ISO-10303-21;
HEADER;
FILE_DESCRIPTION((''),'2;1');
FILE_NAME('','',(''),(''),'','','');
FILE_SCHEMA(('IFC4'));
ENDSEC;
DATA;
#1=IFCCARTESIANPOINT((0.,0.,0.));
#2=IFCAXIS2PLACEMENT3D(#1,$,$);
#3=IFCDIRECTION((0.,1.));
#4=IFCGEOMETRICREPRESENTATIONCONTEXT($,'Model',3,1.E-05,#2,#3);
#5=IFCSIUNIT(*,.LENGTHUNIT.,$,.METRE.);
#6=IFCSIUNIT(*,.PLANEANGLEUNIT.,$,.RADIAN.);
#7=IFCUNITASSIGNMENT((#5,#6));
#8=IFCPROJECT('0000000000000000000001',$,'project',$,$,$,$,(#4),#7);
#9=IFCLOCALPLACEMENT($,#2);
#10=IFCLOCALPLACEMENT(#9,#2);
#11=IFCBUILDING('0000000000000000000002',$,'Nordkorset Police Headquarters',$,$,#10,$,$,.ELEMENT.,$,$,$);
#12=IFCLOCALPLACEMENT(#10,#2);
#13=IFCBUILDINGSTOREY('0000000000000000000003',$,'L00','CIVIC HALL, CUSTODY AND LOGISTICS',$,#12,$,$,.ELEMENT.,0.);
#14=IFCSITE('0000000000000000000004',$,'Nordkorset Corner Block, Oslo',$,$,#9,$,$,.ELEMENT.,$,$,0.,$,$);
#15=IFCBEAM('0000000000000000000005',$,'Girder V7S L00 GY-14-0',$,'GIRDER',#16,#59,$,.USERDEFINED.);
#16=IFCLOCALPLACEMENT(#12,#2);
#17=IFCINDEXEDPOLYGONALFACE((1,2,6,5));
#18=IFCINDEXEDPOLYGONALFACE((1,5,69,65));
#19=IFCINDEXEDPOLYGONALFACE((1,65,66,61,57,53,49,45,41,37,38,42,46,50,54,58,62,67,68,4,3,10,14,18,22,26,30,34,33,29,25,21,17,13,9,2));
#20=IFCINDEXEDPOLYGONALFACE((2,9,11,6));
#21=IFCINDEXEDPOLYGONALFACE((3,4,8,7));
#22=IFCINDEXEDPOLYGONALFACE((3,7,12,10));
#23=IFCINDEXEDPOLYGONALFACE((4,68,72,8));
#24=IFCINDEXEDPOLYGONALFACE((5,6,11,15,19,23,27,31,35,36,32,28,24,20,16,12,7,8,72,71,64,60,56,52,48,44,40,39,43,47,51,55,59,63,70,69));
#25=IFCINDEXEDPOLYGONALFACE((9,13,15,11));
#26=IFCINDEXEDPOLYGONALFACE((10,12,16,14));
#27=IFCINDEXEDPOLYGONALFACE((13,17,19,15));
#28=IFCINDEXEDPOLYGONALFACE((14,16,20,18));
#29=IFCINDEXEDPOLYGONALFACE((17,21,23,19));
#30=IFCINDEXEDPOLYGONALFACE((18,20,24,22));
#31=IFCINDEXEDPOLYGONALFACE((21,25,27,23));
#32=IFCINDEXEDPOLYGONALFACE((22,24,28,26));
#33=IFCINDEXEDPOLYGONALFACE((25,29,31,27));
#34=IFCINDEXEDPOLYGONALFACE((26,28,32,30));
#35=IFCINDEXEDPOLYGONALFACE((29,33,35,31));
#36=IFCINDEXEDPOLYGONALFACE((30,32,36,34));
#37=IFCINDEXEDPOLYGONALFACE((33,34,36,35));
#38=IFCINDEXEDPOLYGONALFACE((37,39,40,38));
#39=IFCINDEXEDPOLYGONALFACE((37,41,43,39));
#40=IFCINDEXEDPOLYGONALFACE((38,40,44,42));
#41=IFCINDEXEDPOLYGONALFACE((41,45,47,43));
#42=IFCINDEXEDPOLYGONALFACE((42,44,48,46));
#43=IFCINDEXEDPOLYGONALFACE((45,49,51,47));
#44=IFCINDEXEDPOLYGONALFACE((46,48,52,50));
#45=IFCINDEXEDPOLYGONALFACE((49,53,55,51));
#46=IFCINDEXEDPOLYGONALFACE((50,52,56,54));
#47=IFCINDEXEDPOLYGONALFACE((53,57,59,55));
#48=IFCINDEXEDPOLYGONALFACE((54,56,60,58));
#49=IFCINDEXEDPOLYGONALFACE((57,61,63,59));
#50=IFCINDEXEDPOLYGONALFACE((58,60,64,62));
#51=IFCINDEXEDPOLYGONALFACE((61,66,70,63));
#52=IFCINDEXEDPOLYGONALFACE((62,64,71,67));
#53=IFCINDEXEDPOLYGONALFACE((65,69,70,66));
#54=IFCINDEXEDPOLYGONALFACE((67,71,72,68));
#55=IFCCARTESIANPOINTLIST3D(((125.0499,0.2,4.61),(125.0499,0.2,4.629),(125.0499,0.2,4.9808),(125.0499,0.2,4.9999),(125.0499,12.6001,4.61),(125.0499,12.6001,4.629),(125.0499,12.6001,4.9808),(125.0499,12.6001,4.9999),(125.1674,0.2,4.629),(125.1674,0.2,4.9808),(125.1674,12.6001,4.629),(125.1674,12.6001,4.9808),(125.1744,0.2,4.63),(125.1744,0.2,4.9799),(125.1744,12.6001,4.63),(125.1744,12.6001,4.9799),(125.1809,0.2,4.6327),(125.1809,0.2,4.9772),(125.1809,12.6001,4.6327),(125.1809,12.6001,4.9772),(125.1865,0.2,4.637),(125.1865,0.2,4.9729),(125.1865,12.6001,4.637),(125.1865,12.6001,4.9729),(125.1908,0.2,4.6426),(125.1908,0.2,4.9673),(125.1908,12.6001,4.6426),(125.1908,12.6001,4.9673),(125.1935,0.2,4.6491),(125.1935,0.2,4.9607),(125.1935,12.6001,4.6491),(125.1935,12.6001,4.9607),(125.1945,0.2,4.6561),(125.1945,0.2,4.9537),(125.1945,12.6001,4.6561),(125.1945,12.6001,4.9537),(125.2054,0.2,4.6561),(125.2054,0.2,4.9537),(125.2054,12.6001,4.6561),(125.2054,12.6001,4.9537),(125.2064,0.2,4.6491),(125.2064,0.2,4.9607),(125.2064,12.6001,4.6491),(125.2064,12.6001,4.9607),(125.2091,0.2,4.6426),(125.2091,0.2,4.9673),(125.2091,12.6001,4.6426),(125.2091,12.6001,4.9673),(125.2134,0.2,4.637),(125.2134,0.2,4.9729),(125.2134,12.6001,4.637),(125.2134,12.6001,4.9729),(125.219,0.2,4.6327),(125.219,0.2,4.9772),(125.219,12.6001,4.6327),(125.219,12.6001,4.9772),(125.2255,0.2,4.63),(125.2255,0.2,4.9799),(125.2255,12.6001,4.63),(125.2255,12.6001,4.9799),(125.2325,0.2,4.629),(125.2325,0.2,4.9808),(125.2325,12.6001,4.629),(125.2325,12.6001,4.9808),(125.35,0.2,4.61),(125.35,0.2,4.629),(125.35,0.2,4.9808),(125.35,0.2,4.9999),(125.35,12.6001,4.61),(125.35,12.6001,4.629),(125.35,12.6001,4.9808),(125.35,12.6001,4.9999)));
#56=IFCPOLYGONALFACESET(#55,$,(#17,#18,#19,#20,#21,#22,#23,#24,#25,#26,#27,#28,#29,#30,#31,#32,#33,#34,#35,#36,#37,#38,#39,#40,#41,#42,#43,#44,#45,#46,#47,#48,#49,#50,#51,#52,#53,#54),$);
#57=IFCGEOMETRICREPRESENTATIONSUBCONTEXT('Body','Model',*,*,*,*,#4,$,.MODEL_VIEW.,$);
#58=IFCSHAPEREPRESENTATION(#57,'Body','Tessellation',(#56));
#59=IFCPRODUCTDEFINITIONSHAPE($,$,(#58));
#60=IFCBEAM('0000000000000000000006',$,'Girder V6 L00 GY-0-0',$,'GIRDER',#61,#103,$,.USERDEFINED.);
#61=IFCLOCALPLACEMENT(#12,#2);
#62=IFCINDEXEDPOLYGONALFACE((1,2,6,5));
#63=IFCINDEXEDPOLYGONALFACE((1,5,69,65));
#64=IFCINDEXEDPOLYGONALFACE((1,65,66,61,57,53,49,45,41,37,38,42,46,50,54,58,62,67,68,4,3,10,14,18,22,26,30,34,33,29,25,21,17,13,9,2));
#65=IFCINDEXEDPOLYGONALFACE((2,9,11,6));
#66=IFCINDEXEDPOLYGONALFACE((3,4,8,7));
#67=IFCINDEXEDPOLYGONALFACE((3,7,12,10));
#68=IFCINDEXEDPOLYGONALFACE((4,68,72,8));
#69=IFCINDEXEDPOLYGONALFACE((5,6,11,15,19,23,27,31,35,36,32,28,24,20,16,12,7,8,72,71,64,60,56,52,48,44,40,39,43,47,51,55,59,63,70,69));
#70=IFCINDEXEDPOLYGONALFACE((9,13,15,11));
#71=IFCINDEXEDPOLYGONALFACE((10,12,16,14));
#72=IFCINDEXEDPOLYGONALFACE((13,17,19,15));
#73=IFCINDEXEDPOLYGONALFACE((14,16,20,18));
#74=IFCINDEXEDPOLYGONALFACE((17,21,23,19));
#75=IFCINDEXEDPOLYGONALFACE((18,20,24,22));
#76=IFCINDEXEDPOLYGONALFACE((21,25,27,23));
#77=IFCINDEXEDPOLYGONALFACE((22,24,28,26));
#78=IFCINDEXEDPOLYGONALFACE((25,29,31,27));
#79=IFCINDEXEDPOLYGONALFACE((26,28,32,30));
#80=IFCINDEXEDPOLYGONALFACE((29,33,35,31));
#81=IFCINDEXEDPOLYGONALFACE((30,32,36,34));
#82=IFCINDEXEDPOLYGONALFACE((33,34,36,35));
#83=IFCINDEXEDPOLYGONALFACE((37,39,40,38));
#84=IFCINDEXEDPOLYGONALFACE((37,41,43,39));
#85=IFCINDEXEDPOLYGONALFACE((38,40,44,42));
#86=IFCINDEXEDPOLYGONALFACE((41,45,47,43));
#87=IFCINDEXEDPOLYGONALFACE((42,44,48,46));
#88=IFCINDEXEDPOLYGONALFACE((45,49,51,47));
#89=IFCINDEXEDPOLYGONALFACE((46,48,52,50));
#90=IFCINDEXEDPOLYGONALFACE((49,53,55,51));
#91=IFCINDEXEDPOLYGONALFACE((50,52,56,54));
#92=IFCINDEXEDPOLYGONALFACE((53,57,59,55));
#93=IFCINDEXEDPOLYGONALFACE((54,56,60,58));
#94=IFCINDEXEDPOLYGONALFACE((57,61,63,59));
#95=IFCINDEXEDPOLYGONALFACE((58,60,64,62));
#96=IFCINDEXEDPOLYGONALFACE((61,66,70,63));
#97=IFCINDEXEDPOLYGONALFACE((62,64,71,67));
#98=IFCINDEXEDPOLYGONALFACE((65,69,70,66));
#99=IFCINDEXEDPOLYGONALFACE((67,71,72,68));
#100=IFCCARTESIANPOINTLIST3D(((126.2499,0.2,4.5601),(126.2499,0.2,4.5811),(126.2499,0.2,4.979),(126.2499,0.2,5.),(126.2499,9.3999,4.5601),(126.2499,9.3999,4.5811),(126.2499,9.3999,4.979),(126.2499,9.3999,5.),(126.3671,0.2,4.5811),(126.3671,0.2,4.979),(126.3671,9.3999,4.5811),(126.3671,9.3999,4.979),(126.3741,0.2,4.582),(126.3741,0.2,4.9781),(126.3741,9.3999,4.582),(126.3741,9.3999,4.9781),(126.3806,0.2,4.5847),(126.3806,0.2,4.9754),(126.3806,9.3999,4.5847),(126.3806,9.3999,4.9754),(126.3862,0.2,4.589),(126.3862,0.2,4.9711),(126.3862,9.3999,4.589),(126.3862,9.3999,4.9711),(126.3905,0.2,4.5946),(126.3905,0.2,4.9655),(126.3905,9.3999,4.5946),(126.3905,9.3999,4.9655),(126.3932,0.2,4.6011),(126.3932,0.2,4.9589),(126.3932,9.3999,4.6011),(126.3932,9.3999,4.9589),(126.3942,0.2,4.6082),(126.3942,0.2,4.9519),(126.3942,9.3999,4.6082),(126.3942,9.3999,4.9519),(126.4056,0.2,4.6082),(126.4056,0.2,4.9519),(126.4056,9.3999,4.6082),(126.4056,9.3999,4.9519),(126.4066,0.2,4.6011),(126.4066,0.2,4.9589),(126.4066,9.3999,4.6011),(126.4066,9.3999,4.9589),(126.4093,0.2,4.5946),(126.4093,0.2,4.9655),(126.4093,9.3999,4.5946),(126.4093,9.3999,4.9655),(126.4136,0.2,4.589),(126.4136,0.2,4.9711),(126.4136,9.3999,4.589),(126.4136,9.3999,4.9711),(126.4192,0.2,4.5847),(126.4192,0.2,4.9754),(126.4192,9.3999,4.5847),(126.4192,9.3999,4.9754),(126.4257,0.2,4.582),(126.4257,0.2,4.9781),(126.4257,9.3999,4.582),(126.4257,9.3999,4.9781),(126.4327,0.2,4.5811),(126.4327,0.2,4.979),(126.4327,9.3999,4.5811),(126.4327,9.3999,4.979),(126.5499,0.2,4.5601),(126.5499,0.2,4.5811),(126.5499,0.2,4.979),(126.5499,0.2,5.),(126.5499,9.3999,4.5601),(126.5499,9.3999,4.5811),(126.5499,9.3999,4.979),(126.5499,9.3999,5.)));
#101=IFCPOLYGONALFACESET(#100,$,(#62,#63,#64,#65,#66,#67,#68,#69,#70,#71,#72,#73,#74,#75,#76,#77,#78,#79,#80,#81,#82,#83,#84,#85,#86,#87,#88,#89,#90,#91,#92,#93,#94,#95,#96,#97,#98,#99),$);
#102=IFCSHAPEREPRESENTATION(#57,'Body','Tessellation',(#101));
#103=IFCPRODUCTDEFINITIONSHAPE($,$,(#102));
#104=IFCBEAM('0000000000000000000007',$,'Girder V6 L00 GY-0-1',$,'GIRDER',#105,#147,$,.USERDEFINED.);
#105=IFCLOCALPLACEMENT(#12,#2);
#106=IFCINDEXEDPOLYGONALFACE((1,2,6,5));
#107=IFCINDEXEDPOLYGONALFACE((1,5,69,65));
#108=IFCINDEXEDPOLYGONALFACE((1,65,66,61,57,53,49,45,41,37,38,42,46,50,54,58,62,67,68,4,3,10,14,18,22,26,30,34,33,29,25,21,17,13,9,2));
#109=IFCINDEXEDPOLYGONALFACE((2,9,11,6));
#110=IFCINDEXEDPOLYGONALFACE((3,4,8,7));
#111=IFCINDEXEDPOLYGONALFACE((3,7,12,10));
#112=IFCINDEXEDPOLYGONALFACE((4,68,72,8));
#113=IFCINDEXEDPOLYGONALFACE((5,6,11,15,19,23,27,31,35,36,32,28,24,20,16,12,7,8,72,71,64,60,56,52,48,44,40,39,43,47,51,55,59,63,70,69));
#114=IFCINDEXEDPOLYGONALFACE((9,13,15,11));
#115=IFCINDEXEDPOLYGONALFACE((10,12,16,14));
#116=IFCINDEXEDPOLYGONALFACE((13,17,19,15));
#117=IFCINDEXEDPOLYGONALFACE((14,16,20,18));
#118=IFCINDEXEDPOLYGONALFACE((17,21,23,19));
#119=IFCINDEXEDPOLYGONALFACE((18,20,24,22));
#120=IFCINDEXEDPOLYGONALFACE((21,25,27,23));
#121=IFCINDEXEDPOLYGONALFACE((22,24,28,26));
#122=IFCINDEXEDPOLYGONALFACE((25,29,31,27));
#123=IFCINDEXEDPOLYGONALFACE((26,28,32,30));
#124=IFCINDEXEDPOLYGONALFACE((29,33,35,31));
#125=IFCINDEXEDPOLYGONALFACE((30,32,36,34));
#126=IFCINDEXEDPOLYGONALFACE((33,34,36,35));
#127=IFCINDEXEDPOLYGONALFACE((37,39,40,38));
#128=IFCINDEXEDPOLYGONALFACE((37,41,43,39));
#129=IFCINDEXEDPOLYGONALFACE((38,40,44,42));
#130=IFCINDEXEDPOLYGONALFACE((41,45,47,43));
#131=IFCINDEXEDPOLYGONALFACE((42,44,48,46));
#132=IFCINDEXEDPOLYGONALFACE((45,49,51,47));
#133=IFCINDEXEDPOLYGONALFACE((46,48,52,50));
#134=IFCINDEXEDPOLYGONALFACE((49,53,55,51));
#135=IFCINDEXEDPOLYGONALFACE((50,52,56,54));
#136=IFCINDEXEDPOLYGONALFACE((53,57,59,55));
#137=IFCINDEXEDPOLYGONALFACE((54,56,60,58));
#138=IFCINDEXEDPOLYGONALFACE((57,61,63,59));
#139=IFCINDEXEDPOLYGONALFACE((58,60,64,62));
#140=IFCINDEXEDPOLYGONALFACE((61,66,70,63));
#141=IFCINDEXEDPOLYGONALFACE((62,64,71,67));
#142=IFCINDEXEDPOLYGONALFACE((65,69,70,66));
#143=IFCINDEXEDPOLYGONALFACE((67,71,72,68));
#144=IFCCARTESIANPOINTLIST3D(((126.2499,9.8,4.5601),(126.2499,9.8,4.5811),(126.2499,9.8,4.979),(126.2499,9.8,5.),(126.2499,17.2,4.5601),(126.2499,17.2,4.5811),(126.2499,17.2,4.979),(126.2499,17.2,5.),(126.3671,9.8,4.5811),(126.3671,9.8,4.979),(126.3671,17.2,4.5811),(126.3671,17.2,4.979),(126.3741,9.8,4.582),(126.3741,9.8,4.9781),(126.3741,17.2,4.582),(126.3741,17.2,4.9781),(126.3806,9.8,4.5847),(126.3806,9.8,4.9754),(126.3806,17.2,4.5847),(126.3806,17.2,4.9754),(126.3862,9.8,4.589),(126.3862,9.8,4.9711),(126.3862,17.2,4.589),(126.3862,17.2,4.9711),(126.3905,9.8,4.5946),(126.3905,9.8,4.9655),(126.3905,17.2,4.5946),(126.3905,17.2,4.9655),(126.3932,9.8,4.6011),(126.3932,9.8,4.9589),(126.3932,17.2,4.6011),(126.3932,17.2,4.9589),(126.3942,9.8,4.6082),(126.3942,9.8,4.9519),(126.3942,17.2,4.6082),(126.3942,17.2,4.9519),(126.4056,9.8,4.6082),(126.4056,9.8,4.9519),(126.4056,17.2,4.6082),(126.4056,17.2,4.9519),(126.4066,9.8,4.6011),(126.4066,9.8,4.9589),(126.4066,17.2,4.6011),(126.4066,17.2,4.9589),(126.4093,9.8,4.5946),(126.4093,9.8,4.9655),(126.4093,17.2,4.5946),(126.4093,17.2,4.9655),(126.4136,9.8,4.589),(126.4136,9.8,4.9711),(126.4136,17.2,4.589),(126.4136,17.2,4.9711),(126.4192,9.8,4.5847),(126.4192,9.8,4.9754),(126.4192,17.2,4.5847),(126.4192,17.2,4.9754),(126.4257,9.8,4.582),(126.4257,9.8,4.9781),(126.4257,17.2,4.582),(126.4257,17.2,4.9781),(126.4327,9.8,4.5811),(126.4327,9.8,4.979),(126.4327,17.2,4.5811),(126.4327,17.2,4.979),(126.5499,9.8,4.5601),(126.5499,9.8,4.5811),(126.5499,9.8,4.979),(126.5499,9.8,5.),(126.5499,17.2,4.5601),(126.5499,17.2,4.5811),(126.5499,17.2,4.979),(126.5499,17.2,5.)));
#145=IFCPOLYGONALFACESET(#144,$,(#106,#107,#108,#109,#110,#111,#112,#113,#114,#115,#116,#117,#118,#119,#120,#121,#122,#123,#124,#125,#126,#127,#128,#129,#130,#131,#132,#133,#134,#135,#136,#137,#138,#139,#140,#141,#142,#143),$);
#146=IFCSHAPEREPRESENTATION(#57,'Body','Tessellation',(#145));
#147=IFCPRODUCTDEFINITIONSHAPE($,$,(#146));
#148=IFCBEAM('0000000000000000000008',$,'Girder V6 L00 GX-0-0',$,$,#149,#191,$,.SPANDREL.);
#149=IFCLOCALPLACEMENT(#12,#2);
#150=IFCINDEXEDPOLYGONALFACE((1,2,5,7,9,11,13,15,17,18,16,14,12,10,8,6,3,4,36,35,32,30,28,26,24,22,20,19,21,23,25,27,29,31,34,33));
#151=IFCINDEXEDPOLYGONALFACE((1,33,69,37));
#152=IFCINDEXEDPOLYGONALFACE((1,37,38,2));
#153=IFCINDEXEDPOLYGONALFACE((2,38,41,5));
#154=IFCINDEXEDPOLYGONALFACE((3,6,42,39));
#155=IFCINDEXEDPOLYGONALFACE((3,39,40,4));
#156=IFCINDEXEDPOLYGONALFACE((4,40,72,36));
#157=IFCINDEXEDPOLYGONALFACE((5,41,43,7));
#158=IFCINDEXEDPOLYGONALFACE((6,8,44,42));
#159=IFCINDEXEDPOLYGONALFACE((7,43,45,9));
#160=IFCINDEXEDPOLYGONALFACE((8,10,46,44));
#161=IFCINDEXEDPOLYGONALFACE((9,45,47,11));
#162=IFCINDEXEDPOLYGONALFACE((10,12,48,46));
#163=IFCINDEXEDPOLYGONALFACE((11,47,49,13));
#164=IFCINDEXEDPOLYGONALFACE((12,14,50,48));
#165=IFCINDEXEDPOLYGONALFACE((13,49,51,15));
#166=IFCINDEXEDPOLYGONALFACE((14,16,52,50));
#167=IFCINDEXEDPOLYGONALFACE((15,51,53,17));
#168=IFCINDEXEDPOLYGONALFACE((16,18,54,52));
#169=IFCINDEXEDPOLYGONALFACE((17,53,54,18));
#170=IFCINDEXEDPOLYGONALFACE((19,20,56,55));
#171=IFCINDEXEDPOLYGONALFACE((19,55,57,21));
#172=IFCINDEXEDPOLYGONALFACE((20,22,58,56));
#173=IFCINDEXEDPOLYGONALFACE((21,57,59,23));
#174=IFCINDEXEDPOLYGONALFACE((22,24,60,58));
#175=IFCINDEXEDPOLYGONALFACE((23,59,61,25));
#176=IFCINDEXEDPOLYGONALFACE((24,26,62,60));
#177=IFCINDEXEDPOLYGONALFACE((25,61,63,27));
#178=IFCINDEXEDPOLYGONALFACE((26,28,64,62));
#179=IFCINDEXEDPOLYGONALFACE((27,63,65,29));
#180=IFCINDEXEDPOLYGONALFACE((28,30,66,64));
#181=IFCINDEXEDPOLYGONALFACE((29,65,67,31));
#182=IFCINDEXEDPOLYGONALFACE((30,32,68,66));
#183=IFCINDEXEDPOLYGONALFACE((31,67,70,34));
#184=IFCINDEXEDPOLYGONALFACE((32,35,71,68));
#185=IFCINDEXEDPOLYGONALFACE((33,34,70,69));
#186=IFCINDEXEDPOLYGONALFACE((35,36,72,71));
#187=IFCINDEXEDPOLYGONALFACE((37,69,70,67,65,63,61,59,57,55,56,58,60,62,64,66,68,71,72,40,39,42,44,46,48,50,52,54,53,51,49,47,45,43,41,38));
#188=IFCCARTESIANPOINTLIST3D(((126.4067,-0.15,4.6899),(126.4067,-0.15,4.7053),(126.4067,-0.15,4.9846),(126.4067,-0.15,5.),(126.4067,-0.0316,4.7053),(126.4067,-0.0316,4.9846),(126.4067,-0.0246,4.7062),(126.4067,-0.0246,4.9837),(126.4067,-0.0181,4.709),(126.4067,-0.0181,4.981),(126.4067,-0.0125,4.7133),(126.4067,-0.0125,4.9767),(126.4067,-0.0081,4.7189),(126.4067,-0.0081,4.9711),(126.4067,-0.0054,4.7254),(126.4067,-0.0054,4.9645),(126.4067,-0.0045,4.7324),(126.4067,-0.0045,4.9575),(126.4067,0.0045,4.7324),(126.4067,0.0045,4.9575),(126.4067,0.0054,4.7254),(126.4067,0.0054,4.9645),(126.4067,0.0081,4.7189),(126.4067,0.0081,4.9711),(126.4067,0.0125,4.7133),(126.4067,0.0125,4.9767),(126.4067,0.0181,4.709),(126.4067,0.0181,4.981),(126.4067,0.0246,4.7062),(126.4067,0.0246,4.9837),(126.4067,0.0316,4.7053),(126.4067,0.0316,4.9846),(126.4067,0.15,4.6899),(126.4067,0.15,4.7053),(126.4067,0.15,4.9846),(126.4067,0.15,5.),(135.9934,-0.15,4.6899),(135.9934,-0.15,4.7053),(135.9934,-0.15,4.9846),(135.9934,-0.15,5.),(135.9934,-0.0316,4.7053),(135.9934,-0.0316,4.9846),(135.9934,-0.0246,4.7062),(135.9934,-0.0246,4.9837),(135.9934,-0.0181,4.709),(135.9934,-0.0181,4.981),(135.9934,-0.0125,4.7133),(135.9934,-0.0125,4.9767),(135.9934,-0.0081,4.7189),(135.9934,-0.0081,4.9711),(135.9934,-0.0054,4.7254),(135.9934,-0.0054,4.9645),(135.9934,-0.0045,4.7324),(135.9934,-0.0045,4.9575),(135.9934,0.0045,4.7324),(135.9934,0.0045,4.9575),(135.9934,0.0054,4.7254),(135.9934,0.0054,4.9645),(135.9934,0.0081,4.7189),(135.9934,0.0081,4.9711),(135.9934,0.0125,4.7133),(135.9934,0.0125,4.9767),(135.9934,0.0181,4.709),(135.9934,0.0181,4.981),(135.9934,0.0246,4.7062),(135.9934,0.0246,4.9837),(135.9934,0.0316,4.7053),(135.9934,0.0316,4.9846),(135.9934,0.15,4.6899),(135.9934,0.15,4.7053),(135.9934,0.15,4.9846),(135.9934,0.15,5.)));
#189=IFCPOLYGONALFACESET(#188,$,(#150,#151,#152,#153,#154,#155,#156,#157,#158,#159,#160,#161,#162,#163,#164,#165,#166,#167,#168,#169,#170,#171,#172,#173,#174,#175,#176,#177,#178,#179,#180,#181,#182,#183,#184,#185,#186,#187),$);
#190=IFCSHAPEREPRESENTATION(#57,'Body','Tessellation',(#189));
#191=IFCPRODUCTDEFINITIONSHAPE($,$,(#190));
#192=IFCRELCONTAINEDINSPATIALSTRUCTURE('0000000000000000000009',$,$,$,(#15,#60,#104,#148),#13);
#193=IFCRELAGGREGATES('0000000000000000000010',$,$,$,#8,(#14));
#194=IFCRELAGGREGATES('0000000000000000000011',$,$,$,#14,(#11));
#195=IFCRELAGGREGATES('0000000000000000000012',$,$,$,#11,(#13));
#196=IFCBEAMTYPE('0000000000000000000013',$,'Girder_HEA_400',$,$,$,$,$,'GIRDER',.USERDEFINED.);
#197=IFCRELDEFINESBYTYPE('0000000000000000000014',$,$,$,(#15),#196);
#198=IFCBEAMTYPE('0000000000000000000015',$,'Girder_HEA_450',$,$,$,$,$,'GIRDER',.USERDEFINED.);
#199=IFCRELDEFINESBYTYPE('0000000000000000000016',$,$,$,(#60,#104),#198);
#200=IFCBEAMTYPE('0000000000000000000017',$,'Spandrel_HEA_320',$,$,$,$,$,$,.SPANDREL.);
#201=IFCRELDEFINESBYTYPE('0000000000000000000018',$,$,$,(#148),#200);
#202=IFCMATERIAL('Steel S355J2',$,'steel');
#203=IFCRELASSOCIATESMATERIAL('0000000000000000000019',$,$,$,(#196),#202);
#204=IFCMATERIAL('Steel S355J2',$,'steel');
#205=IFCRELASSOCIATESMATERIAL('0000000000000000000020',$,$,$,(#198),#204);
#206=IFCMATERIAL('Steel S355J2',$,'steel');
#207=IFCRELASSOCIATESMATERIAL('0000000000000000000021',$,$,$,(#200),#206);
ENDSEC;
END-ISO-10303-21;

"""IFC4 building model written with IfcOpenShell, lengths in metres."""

from ifc_helpers import new_model, si_unit, direction, frame, origin, origin_2d, place, context, subcontext, project, spatial, i_section, extrude, material, material_profile, profile_set, type_object, element, save


model = new_model("IFC4")

# Units and contexts
model_context = context("Model", 3, precision=1e-05, world=origin(), true_north=direction((0.0, 1.0)))
body_context = subcontext(model_context, "Body", "Model", "MODEL_VIEW")
ifc_project = project(units=[si_unit("LENGTHUNIT", "METRE"), si_unit("PLANEANGLEUNIT", "RADIAN")], contexts=[model_context])

# Site, building, storey
site_placement = place(None, origin())
site = spatial("IfcSite", under=ifc_project, at=site_placement, Name="Nordkorset Corner Block, Oslo", CompositionType="ELEMENT", RefElevation=0.0)
building_placement = place(site_placement, origin())
building = spatial("IfcBuilding", under=site, at=building_placement, Name="Nordkorset Police Headquarters", CompositionType="ELEMENT")
storey_placement = place(building_placement, origin())
storey = spatial("IfcBuildingStorey", under=building, at=storey_placement, Name="L00", Description="CIVIC HALL, CUSTODY AND LOGISTICS", CompositionType="ELEMENT", Elevation=0.0)

# Beams
ifc_material_1 = material(Name="Steel S355J2", Category="steel")
ifc_material_profile_1 = material_profile(ifc_material_1, i_section(OverallWidth=0.3, OverallDepth=0.3899, WebThickness=0.011, FlangeThickness=0.019, FilletRadius=0.0271, at=origin_2d()), Name="HEA 400")
ifc_profile_set_1 = profile_set([ifc_material_profile_1], Name="Steel S355J2")
beam_type_1 = type_object("IfcBeamType", Name="Girder_HEA_400", ElementType="GIRDER", PredefinedType="USERDEFINED", material=ifc_profile_set_1)
beam_1_placement = place(storey_placement, frame((125.2, 0.2, 4.8049), z_axis=(0.0, 1.0, 0.0), x_axis=(-1.0, 0.0, 0.0)))
element("IfcBeam", 1, at=beam_1_placement, inside=storey, type_object=beam_type_1, Name="Girder V7S L00 GY-14-0", ObjectType="GIRDER", PredefinedType="USERDEFINED", context=body_context, shape_type="SweptSolid", body=[
    extrude(i_section(OverallWidth=0.3, OverallDepth=0.3899, WebThickness=0.011, FlangeThickness=0.019, FilletRadius=0.0271, at=origin_2d()), origin(), (0.0, 0.0, 1.0), 12.4001),
])
ifc_material_2 = material(Name="Steel S355J2", Category="steel")
ifc_material_profile_2 = material_profile(ifc_material_2, i_section(OverallWidth=0.3, OverallDepth=0.4399, WebThickness=0.0115, FlangeThickness=0.021, FilletRadius=0.0271, at=origin_2d()), Name="HEA 450")
ifc_profile_set_2 = profile_set([ifc_material_profile_2], Name="Steel S355J2")
beam_type_2 = type_object("IfcBeamType", Name="Girder_HEA_450", ElementType="GIRDER", PredefinedType="USERDEFINED", material=ifc_profile_set_2)
beam_2_placement = place(storey_placement, frame((126.3999, 0.2, 4.78), z_axis=(0.0, 1.0, 0.0), x_axis=(-1.0, 0.0, 0.0)))
element("IfcBeam", 2, at=beam_2_placement, inside=storey, type_object=beam_type_2, Name="Girder V6 L00 GY-0-0", ObjectType="GIRDER", PredefinedType="USERDEFINED", context=body_context, shape_type="SweptSolid", body=[
    extrude(i_section(OverallWidth=0.3, OverallDepth=0.4399, WebThickness=0.0115, FlangeThickness=0.021, FilletRadius=0.0271, at=origin_2d()), origin(), (0.0, 0.0, 1.0), 9.2),
])
beam_3_placement = place(storey_placement, frame((126.3999, 9.8, 4.78), z_axis=(0.0, 1.0, 0.0), x_axis=(-1.0, 0.0, 0.0)))
element("IfcBeam", 3, at=beam_3_placement, inside=storey, type_object=beam_type_2, Name="Girder V6 L00 GY-0-1", ObjectType="GIRDER", PredefinedType="USERDEFINED", context=body_context, shape_type="SweptSolid", body=[
    extrude(i_section(OverallWidth=0.3, OverallDepth=0.4399, WebThickness=0.0115, FlangeThickness=0.021, FilletRadius=0.0271, at=origin_2d()), origin(), (0.0, 0.0, 1.0), 7.3999),
])
ifc_material_3 = material(Name="Steel S355J2", Category="steel")
ifc_material_profile_3 = material_profile(ifc_material_3, i_section(OverallWidth=0.3, OverallDepth=0.3101, WebThickness=0.009, FlangeThickness=0.0154, FilletRadius=0.0271, at=origin_2d()), Name="HEA 320")
ifc_profile_set_3 = profile_set([ifc_material_profile_3], Name="Steel S355J2")
beam_type_3 = type_object("IfcBeamType", Name="Spandrel_HEA_320", PredefinedType="SPANDREL", material=ifc_profile_set_3)
beam_4_placement = place(storey_placement, frame((126.4067, 0.0, 4.845), z_axis=(1.0, 0.0, 0.0), x_axis=(0.0, 1.0, 0.0)))
element("IfcBeam", 4, at=beam_4_placement, inside=storey, type_object=beam_type_3, Name="Girder V6 L00 GX-0-0", PredefinedType="SPANDREL", context=body_context, shape_type="SweptSolid", body=[
    extrude(i_section(OverallWidth=0.3, OverallDepth=0.3101, WebThickness=0.009, FlangeThickness=0.0154, FilletRadius=0.0271, at=origin_2d()), origin(), (0.0, 0.0, 1.0), 9.5867),
])

save(model, "model.ifc")
